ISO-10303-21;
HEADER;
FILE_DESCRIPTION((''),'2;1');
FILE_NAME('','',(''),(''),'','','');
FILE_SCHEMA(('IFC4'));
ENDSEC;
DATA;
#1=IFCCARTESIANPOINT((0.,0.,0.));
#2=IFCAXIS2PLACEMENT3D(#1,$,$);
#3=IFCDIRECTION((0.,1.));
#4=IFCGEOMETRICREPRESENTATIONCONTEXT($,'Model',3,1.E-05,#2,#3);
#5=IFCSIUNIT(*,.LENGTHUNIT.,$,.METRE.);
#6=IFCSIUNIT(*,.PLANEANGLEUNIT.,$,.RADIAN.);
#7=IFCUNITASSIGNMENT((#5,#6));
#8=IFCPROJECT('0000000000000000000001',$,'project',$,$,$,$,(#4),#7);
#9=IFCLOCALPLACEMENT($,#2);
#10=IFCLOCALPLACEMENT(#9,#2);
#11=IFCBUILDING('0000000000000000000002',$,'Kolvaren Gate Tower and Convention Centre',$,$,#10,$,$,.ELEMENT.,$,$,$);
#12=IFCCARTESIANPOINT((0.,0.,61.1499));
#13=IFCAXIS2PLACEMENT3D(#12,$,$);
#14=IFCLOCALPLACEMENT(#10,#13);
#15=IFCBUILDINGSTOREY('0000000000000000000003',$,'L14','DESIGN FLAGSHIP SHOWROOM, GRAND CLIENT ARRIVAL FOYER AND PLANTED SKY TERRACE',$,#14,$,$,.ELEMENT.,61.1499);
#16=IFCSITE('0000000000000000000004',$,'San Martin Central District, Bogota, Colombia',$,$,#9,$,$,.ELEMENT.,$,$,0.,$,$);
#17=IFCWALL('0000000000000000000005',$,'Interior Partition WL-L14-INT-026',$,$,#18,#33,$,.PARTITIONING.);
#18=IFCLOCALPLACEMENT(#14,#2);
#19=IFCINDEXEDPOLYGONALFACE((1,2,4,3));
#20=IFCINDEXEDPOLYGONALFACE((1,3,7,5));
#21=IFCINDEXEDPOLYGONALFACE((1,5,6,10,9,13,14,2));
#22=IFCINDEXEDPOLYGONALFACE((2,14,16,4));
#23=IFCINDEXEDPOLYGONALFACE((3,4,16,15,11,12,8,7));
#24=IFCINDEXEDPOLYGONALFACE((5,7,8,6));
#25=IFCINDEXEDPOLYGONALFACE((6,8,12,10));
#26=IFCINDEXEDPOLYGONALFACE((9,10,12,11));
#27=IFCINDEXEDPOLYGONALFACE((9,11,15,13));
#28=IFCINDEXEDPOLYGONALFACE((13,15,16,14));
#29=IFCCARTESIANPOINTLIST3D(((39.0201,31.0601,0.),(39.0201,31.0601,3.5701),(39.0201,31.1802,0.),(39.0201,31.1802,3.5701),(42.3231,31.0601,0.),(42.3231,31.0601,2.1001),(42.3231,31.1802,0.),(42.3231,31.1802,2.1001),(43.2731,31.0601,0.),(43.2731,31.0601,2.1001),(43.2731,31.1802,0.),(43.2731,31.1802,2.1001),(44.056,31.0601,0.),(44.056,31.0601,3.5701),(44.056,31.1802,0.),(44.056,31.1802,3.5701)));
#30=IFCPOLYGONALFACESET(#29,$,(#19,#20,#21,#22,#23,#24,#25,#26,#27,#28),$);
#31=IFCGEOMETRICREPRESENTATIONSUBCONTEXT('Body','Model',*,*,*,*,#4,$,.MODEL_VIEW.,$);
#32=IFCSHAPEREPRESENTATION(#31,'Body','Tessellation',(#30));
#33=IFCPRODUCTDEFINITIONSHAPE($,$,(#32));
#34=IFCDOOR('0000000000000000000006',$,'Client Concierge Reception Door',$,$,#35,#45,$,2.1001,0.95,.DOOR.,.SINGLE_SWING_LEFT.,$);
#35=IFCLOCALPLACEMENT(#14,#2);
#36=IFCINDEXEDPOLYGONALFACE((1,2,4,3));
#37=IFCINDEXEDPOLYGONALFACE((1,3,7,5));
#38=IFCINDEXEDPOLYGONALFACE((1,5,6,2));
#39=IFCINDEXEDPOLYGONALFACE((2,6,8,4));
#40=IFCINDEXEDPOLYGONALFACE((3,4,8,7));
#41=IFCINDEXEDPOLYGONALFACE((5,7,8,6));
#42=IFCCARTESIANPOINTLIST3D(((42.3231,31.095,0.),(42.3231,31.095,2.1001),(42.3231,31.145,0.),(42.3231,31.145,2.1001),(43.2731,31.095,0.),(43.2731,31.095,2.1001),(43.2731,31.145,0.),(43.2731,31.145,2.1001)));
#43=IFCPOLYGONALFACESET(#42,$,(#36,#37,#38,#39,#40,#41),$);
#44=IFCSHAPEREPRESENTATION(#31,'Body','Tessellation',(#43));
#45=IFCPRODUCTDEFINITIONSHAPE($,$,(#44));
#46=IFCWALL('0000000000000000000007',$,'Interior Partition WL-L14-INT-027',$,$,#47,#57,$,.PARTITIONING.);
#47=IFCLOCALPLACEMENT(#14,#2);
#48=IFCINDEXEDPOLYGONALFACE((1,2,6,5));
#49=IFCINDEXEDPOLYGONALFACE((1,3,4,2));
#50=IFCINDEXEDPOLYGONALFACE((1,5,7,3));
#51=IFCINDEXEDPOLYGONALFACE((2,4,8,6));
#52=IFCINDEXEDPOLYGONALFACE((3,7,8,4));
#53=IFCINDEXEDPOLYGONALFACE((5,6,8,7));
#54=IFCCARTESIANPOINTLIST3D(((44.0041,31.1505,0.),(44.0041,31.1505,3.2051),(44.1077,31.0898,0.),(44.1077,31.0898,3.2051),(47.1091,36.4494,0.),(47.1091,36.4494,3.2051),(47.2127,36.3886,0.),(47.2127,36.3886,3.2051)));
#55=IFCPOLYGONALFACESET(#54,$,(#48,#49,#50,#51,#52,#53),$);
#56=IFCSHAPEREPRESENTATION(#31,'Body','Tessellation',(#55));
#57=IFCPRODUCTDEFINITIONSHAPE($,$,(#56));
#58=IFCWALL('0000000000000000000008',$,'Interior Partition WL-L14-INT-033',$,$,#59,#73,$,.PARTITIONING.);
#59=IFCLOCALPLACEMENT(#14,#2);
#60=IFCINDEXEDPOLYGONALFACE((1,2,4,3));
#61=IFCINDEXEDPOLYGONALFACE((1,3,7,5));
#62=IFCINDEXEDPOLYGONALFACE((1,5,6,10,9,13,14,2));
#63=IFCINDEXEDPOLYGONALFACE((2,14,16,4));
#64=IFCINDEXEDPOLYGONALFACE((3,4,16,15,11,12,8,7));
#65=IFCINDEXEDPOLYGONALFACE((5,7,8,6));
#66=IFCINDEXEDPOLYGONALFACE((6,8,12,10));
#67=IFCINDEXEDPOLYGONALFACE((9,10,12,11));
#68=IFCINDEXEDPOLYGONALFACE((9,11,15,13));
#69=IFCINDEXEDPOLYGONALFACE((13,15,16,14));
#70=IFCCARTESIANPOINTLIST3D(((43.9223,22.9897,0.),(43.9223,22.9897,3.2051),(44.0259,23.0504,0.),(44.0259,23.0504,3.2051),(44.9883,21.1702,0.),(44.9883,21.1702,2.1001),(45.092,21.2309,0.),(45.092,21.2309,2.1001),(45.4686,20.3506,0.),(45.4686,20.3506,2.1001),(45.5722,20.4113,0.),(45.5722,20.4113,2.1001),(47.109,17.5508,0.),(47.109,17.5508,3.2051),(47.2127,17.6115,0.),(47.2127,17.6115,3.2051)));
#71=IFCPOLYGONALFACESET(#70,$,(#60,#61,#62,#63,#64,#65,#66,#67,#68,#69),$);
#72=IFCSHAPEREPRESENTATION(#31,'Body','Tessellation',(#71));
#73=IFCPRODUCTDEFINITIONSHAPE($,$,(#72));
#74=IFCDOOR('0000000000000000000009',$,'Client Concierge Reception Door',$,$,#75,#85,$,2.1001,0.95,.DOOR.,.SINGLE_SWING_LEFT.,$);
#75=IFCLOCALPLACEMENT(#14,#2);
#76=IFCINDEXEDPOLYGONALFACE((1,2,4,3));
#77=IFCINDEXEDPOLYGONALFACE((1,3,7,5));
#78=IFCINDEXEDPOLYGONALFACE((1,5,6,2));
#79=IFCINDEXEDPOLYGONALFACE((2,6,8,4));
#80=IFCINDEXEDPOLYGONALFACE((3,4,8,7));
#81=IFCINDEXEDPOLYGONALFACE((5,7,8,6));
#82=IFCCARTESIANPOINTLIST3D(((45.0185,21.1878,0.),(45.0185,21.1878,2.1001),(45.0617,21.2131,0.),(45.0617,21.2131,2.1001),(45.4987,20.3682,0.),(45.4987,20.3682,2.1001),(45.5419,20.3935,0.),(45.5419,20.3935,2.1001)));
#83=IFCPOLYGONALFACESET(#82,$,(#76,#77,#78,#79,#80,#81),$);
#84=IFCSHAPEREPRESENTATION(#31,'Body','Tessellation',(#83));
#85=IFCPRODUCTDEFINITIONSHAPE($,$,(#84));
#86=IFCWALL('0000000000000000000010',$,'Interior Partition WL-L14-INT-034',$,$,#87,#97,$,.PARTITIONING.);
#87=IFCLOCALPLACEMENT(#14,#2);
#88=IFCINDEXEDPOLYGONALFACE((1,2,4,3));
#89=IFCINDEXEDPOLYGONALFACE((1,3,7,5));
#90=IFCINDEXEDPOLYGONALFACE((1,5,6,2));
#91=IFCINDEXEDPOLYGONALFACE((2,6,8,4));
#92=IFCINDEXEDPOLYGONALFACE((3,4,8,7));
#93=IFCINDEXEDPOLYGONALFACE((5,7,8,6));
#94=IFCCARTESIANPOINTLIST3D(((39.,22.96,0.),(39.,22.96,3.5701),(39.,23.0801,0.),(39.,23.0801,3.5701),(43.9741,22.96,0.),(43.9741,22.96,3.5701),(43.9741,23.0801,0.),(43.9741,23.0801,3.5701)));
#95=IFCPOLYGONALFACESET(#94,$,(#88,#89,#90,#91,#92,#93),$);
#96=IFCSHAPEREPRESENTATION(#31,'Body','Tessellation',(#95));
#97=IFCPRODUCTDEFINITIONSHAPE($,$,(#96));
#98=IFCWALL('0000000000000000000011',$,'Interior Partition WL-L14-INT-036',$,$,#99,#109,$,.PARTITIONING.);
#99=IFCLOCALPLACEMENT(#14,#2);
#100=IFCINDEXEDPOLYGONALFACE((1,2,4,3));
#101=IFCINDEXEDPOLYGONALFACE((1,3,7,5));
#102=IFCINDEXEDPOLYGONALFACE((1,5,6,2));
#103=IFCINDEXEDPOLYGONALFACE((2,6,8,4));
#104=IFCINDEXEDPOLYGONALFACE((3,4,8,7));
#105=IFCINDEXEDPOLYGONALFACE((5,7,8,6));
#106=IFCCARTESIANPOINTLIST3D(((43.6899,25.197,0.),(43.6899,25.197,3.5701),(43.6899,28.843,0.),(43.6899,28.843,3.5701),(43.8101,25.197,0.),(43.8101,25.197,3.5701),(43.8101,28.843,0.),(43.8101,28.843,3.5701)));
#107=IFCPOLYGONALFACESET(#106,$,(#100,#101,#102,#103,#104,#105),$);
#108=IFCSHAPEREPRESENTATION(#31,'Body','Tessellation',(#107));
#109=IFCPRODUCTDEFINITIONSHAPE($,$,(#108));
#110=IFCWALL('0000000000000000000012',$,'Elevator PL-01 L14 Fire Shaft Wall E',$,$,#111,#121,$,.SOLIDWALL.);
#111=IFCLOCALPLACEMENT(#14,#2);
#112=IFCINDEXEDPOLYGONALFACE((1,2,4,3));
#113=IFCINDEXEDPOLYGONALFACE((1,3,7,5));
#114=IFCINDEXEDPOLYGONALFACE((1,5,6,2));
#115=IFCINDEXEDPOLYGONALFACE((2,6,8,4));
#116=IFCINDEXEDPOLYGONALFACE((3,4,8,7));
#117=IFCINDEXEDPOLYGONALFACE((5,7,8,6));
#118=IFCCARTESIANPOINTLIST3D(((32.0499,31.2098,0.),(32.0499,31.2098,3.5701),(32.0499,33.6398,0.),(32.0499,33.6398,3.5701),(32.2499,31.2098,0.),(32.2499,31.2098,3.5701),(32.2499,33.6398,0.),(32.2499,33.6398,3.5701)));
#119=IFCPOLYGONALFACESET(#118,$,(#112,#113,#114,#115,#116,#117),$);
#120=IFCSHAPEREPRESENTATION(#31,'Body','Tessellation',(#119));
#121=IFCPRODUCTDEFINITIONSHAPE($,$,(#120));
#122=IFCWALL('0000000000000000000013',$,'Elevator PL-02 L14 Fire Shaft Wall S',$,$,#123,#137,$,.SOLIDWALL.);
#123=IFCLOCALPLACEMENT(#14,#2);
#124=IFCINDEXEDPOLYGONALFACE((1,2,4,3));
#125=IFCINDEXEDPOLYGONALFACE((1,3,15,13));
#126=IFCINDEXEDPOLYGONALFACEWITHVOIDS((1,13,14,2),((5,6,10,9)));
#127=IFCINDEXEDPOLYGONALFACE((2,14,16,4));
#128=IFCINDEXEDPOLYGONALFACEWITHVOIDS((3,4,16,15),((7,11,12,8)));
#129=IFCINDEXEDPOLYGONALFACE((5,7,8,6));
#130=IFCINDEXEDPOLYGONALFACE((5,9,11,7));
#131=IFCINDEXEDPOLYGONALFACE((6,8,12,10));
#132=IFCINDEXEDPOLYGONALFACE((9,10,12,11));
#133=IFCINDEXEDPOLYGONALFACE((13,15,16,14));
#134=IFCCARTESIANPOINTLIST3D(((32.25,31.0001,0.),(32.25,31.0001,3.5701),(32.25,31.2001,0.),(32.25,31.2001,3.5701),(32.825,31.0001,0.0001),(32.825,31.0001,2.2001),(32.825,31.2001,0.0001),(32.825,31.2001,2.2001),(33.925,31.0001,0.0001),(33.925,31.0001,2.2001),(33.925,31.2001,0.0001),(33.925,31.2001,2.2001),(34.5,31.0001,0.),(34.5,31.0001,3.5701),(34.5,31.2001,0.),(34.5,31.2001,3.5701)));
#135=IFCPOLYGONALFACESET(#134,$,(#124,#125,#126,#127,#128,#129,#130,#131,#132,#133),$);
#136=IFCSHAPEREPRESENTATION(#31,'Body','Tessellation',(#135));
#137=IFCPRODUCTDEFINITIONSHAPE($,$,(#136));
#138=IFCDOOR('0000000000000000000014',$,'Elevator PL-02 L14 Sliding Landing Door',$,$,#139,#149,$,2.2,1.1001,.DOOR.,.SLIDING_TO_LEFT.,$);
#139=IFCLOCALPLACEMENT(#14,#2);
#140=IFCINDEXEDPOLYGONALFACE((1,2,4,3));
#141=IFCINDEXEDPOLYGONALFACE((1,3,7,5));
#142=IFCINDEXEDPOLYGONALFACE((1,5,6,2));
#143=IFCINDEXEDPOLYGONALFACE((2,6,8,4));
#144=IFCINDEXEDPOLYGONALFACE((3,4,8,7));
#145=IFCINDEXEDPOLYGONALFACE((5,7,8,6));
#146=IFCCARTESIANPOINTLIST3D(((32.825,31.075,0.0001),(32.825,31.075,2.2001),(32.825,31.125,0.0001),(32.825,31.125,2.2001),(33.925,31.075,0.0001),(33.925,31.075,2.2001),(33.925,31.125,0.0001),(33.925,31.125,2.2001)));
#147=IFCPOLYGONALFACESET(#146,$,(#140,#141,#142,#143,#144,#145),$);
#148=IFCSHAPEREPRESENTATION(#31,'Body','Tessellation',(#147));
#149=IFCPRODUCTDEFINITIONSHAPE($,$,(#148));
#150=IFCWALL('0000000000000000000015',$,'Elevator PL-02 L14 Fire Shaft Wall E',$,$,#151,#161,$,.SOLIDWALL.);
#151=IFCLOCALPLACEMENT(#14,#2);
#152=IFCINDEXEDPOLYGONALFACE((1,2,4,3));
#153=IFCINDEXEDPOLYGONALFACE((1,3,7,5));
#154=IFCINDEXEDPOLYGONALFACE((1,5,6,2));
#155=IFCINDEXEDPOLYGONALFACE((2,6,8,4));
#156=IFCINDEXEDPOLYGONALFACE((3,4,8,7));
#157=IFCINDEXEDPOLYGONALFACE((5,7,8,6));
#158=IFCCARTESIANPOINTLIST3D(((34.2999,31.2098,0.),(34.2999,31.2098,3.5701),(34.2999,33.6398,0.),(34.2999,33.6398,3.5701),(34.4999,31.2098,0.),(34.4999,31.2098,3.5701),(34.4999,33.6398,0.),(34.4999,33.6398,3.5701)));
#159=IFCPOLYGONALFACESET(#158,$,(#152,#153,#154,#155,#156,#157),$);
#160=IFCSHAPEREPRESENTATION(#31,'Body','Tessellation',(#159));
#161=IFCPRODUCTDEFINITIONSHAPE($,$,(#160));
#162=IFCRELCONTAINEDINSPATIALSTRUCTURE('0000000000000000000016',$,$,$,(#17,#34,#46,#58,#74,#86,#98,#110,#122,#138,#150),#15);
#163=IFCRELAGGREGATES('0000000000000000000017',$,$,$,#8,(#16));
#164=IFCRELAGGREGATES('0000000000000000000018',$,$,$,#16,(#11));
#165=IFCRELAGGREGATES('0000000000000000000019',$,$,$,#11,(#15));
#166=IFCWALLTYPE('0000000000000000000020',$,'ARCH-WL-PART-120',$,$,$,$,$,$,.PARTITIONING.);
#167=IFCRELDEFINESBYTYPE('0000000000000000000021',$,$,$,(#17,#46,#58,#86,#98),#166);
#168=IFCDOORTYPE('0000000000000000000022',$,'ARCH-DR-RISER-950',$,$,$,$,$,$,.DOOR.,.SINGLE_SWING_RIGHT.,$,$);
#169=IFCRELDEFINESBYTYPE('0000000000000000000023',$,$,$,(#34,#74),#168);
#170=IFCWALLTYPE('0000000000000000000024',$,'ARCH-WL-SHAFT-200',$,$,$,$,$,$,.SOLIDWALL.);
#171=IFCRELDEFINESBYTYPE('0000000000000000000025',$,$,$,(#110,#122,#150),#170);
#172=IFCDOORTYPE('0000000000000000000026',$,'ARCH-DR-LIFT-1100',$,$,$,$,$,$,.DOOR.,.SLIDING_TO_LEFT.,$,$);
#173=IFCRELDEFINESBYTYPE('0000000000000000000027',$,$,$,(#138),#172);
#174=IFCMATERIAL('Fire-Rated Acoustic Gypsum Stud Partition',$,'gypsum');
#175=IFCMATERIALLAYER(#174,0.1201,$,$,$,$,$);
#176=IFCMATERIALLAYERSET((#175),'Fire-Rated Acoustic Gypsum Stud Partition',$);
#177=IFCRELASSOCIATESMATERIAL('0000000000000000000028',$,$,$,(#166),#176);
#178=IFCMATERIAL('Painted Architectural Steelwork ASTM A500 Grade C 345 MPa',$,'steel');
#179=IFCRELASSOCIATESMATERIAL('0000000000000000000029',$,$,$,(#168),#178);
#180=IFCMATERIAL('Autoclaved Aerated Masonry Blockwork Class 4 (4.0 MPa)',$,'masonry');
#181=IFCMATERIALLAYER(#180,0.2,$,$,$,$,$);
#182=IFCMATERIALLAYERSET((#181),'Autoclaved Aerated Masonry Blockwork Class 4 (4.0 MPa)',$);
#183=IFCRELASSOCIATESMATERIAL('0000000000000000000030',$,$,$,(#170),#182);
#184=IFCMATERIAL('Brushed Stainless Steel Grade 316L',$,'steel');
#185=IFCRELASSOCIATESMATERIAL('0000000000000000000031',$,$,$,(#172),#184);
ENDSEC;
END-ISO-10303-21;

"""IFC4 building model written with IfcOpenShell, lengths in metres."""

from ifc_helpers import new_model, si_unit, direction, frame, frame_2d, origin, place, context, subcontext, project, spatial, rectangle, extrude, material, layer, layer_set, type_object, element, fill, save


model = new_model("IFC4")

# Units and contexts
model_context = context("Model", 3, precision=1e-05, world=origin(), true_north=direction((0.0, 1.0)))
body_context = subcontext(model_context, "Body", "Model", "MODEL_VIEW")
ifc_project = project(units=[si_unit("LENGTHUNIT", "METRE"), si_unit("PLANEANGLEUNIT", "RADIAN")], contexts=[model_context])

# Site, building, storey
site_placement = place(None, origin())
site = spatial("IfcSite", under=ifc_project, at=site_placement, Name="San Martin Central District, Bogota, Colombia", CompositionType="ELEMENT", RefElevation=0.0)
building_placement = place(site_placement, origin())
building = spatial("IfcBuilding", under=site, at=building_placement, Name="Kolvaren Gate Tower and Convention Centre", CompositionType="ELEMENT")
storey_placement = place(building_placement, frame((0.0, 0.0, 61.1499)))
storey = spatial("IfcBuildingStorey", under=building, at=storey_placement, Name="L14", Description="DESIGN FLAGSHIP SHOWROOM, GRAND CLIENT ARRIVAL FOYER AND PLANTED SKY TERRACE", CompositionType="ELEMENT", Elevation=61.1499)

# Wall, opening, door
ifc_material_1 = material(Name="Fire-Rated Acoustic Gypsum Stud Partition", Category="gypsum")
ifc_layer_1 = layer(ifc_material_1, 0.1201)
ifc_layer_set_1 = layer_set([ifc_layer_1], Name="Fire-Rated Acoustic Gypsum Stud Partition")
wall_type_1 = type_object("IfcWallType", Name="ARCH-WL-PART-120", PredefinedType="PARTITIONING", material=ifc_layer_set_1)
wall_1_placement = place(storey_placement, frame((39.02, 31.1201, 0.0), z_axis=(0.0, 0.0, 1.0), x_axis=(1.0, 0.0, 0.0)))
wall_1 = element("IfcWall", 1, at=wall_1_placement, inside=storey, type_object=wall_type_1, Name="Interior Partition WL-L14-INT-026", PredefinedType="PARTITIONING", context=body_context, shape_type="SweptSolid", body=[
    extrude(rectangle(XDim=5.0359, YDim=0.1201, at=frame_2d((2.5181, 0.0))), origin(), (0.0, 0.0, 1.0), 3.5701),
])
opening_1_placement = place(wall_1_placement, frame((3.303, 0.0, 0.0)))
opening_1 = element("IfcOpeningElement", 2, at=opening_1_placement, cuts=wall_1, PredefinedType="OPENING", context=body_context, shape_type="SweptSolid", body=[
    extrude(rectangle(XDim=0.95, YDim=2.1001, at=frame_2d((0.4751, 1.05))), frame((0.0, 0.0701, 0.0), z_axis=(0.0, -1.0, 0.0), x_axis=(1.0, 0.0, 0.0)), (0.0, 0.0, 1.0), 0.1401),
])
ifc_material_2 = material(Name="Painted Architectural Steelwork ASTM A500 Grade C 345 MPa", Category="steel")
door_type_1 = type_object("IfcDoorType", Name="ARCH-DR-RISER-950", OperationType="SINGLE_SWING_RIGHT", PredefinedType="DOOR", material=ifc_material_2)
door_1_placement = place(opening_1_placement, origin())
door_1 = element("IfcDoor", 3, at=door_1_placement, inside=storey, type_object=door_type_1, Name="Client Concierge Reception Door", OperationType="SINGLE_SWING_LEFT", OverallHeight=2.1001, OverallWidth=0.95, PredefinedType="DOOR", context=body_context, shape_type="SweptSolid", body=[
    extrude(rectangle(XDim=0.95, YDim=2.1001, at=frame_2d((0.4751, 1.05))), frame((0.0, 0.0249, 0.0), z_axis=(0.0, -1.0, 0.0), x_axis=(1.0, 0.0, 0.0)), (0.0, 0.0, 1.0), 0.05),
])
fill(opening_1, door_1)

# Wall
wall_2_placement = place(storey_placement, frame((44.0559, 31.1201, 0.0), z_axis=(0.0, 0.0, 1.0), x_axis=(0.505571, 0.862785, 0.0)))
element("IfcWall", 4, at=wall_2_placement, inside=storey, type_object=wall_type_1, Name="Interior Partition WL-L14-INT-027", PredefinedType="PARTITIONING", context=body_context, shape_type="SweptSolid", body=[
    extrude(rectangle(XDim=6.1416, YDim=0.1201, at=frame_2d((3.0708, 0.0))), origin(), (0.0, 0.0, 1.0), 3.2051),
])

# Wall, opening, door
wall_3_placement = place(storey_placement, frame((43.9741, 23.02, 0.0), z_axis=(0.0, 0.0, 1.0), x_axis=(0.505532, -0.862808, 0.0)))
wall_3 = element("IfcWall", 5, at=wall_3_placement, inside=storey, type_object=wall_type_1, Name="Interior Partition WL-L14-INT-033", PredefinedType="PARTITIONING", context=body_context, shape_type="SweptSolid", body=[
    extrude(rectangle(XDim=6.3037, YDim=0.1201, at=frame_2d((3.1519, 0.0))), origin(), (0.0, 0.0, 1.0), 3.2051),
])
opening_2_placement = place(wall_3_placement, frame((2.1086, 0.0, 0.0)))
opening_2 = element("IfcOpeningElement", 6, at=opening_2_placement, cuts=wall_3, PredefinedType="OPENING", context=body_context, shape_type="SweptSolid", body=[
    extrude(rectangle(XDim=0.95, YDim=2.1001, at=frame_2d((0.4751, 1.05))), frame((0.0, 0.0701, 0.0), z_axis=(0.0, -1.0, 0.0), x_axis=(1.0, 0.0, 0.0)), (0.0, 0.0, 1.0), 0.1401),
])
door_2_placement = place(opening_2_placement, origin())
door_2 = element("IfcDoor", 7, at=door_2_placement, inside=storey, type_object=door_type_1, Name="Client Concierge Reception Door", OperationType="SINGLE_SWING_LEFT", OverallHeight=2.1001, OverallWidth=0.95, PredefinedType="DOOR", context=body_context, shape_type="SweptSolid", body=[
    extrude(rectangle(XDim=0.95, YDim=2.1001, at=frame_2d((0.4751, 1.05))), frame((0.0, 0.0249, 0.0), z_axis=(0.0, -1.0, 0.0), x_axis=(1.0, 0.0, 0.0)), (0.0, 0.0, 1.0), 0.05),
])
fill(opening_2, door_2)

# Walls
wall_4_placement = place(storey_placement, frame((39.0, 23.02, 0.0), z_axis=(0.0, 0.0, 1.0), x_axis=(1.0, 0.0, 0.0)))
element("IfcWall", 8, at=wall_4_placement, inside=storey, type_object=wall_type_1, Name="Interior Partition WL-L14-INT-034", PredefinedType="PARTITIONING", context=body_context, shape_type="SweptSolid", body=[
    extrude(rectangle(XDim=4.9741, YDim=0.1201, at=frame_2d((2.4871, 0.0))), origin(), (0.0, 0.0, 1.0), 3.5701),
])
wall_5_placement = place(storey_placement, frame((43.75, 25.197, 0.0), z_axis=(0.0, 0.0, 1.0), x_axis=(0.0, 1.0, 0.0)))
element("IfcWall", 9, at=wall_5_placement, inside=storey, type_object=wall_type_1, Name="Interior Partition WL-L14-INT-036", PredefinedType="PARTITIONING", context=body_context, shape_type="SweptSolid", body=[
    extrude(rectangle(XDim=3.646, YDim=0.1201, at=frame_2d((1.823, 0.0))), origin(), (0.0, 0.0, 1.0), 3.5701),
])
ifc_material_3 = material(Name="Autoclaved Aerated Masonry Blockwork Class 4 (4.0 MPa)", Category="masonry")
ifc_layer_2 = layer(ifc_material_3, 0.2)
ifc_layer_set_2 = layer_set([ifc_layer_2], Name="Autoclaved Aerated Masonry Blockwork Class 4 (4.0 MPa)")
wall_type_2 = type_object("IfcWallType", Name="ARCH-WL-SHAFT-200", PredefinedType="SOLIDWALL", material=ifc_layer_set_2)
wall_6_placement = place(storey_placement, frame((32.1499, 31.21, 0.0), z_axis=(0.0, 0.0, 1.0), x_axis=(0.0, 1.0, 0.0)))
element("IfcWall", 10, at=wall_6_placement, inside=storey, type_object=wall_type_2, Name="Elevator PL-01 L14 Fire Shaft Wall E", PredefinedType="SOLIDWALL", context=body_context, shape_type="SweptSolid", body=[
    extrude(rectangle(XDim=2.4299, YDim=0.2, at=frame_2d((1.2148, 0.0))), origin(), (0.0, 0.0, 1.0), 3.5701),
])

# Wall, opening, door
wall_7_placement = place(storey_placement, frame((32.25, 31.1001, 0.0), z_axis=(0.0, 0.0, 1.0), x_axis=(1.0, 0.0, 0.0)))
wall_7 = element("IfcWall", 11, at=wall_7_placement, inside=storey, type_object=wall_type_2, Name="Elevator PL-02 L14 Fire Shaft Wall S", PredefinedType="SOLIDWALL", context=body_context, shape_type="SweptSolid", body=[
    extrude(rectangle(XDim=2.25, YDim=0.2, at=frame_2d((1.125, 0.0))), origin(), (0.0, 0.0, 1.0), 3.5701),
])
opening_3_placement = place(wall_7_placement, frame((0.575, 0.0, 0.0)))
opening_3 = element("IfcOpeningElement", 12, at=opening_3_placement, cuts=wall_7, PredefinedType="OPENING", context=body_context, shape_type="SweptSolid", body=[
    extrude(rectangle(XDim=1.1001, YDim=2.2, at=frame_2d((0.55, 1.1001))), frame((0.0, 0.1099, 0.0), z_axis=(0.0, -1.0, 0.0), x_axis=(1.0, 0.0, 0.0)), (0.0, 0.0, 1.0), 0.22),
])
ifc_material_4 = material(Name="Brushed Stainless Steel Grade 316L", Category="steel")
door_type_2 = type_object("IfcDoorType", Name="ARCH-DR-LIFT-1100", OperationType="SLIDING_TO_LEFT", PredefinedType="DOOR", material=ifc_material_4)
door_3_placement = place(opening_3_placement, origin())
door_3 = element("IfcDoor", 13, at=door_3_placement, inside=storey, type_object=door_type_2, Name="Elevator PL-02 L14 Sliding Landing Door", OperationType="SLIDING_TO_LEFT", OverallHeight=2.2, OverallWidth=1.1001, PredefinedType="DOOR", context=body_context, shape_type="SweptSolid", body=[
    extrude(rectangle(XDim=1.1001, YDim=2.2, at=frame_2d((0.55, 1.1001))), frame((0.0, 0.0249, 0.0), z_axis=(0.0, -1.0, 0.0), x_axis=(1.0, 0.0, 0.0)), (0.0, 0.0, 1.0), 0.05),
])
fill(opening_3, door_3)

# Wall
wall_8_placement = place(storey_placement, frame((34.3999, 31.21, 0.0), z_axis=(0.0, 0.0, 1.0), x_axis=(0.0, 1.0, 0.0)))
element("IfcWall", 14, at=wall_8_placement, inside=storey, type_object=wall_type_2, Name="Elevator PL-02 L14 Fire Shaft Wall E", PredefinedType="SOLIDWALL", context=body_context, shape_type="SweptSolid", body=[
    extrude(rectangle(XDim=2.4299, YDim=0.2, at=frame_2d((1.2148, 0.0))), origin(), (0.0, 0.0, 1.0), 3.5701),
])

save(model, "model.ifc")
